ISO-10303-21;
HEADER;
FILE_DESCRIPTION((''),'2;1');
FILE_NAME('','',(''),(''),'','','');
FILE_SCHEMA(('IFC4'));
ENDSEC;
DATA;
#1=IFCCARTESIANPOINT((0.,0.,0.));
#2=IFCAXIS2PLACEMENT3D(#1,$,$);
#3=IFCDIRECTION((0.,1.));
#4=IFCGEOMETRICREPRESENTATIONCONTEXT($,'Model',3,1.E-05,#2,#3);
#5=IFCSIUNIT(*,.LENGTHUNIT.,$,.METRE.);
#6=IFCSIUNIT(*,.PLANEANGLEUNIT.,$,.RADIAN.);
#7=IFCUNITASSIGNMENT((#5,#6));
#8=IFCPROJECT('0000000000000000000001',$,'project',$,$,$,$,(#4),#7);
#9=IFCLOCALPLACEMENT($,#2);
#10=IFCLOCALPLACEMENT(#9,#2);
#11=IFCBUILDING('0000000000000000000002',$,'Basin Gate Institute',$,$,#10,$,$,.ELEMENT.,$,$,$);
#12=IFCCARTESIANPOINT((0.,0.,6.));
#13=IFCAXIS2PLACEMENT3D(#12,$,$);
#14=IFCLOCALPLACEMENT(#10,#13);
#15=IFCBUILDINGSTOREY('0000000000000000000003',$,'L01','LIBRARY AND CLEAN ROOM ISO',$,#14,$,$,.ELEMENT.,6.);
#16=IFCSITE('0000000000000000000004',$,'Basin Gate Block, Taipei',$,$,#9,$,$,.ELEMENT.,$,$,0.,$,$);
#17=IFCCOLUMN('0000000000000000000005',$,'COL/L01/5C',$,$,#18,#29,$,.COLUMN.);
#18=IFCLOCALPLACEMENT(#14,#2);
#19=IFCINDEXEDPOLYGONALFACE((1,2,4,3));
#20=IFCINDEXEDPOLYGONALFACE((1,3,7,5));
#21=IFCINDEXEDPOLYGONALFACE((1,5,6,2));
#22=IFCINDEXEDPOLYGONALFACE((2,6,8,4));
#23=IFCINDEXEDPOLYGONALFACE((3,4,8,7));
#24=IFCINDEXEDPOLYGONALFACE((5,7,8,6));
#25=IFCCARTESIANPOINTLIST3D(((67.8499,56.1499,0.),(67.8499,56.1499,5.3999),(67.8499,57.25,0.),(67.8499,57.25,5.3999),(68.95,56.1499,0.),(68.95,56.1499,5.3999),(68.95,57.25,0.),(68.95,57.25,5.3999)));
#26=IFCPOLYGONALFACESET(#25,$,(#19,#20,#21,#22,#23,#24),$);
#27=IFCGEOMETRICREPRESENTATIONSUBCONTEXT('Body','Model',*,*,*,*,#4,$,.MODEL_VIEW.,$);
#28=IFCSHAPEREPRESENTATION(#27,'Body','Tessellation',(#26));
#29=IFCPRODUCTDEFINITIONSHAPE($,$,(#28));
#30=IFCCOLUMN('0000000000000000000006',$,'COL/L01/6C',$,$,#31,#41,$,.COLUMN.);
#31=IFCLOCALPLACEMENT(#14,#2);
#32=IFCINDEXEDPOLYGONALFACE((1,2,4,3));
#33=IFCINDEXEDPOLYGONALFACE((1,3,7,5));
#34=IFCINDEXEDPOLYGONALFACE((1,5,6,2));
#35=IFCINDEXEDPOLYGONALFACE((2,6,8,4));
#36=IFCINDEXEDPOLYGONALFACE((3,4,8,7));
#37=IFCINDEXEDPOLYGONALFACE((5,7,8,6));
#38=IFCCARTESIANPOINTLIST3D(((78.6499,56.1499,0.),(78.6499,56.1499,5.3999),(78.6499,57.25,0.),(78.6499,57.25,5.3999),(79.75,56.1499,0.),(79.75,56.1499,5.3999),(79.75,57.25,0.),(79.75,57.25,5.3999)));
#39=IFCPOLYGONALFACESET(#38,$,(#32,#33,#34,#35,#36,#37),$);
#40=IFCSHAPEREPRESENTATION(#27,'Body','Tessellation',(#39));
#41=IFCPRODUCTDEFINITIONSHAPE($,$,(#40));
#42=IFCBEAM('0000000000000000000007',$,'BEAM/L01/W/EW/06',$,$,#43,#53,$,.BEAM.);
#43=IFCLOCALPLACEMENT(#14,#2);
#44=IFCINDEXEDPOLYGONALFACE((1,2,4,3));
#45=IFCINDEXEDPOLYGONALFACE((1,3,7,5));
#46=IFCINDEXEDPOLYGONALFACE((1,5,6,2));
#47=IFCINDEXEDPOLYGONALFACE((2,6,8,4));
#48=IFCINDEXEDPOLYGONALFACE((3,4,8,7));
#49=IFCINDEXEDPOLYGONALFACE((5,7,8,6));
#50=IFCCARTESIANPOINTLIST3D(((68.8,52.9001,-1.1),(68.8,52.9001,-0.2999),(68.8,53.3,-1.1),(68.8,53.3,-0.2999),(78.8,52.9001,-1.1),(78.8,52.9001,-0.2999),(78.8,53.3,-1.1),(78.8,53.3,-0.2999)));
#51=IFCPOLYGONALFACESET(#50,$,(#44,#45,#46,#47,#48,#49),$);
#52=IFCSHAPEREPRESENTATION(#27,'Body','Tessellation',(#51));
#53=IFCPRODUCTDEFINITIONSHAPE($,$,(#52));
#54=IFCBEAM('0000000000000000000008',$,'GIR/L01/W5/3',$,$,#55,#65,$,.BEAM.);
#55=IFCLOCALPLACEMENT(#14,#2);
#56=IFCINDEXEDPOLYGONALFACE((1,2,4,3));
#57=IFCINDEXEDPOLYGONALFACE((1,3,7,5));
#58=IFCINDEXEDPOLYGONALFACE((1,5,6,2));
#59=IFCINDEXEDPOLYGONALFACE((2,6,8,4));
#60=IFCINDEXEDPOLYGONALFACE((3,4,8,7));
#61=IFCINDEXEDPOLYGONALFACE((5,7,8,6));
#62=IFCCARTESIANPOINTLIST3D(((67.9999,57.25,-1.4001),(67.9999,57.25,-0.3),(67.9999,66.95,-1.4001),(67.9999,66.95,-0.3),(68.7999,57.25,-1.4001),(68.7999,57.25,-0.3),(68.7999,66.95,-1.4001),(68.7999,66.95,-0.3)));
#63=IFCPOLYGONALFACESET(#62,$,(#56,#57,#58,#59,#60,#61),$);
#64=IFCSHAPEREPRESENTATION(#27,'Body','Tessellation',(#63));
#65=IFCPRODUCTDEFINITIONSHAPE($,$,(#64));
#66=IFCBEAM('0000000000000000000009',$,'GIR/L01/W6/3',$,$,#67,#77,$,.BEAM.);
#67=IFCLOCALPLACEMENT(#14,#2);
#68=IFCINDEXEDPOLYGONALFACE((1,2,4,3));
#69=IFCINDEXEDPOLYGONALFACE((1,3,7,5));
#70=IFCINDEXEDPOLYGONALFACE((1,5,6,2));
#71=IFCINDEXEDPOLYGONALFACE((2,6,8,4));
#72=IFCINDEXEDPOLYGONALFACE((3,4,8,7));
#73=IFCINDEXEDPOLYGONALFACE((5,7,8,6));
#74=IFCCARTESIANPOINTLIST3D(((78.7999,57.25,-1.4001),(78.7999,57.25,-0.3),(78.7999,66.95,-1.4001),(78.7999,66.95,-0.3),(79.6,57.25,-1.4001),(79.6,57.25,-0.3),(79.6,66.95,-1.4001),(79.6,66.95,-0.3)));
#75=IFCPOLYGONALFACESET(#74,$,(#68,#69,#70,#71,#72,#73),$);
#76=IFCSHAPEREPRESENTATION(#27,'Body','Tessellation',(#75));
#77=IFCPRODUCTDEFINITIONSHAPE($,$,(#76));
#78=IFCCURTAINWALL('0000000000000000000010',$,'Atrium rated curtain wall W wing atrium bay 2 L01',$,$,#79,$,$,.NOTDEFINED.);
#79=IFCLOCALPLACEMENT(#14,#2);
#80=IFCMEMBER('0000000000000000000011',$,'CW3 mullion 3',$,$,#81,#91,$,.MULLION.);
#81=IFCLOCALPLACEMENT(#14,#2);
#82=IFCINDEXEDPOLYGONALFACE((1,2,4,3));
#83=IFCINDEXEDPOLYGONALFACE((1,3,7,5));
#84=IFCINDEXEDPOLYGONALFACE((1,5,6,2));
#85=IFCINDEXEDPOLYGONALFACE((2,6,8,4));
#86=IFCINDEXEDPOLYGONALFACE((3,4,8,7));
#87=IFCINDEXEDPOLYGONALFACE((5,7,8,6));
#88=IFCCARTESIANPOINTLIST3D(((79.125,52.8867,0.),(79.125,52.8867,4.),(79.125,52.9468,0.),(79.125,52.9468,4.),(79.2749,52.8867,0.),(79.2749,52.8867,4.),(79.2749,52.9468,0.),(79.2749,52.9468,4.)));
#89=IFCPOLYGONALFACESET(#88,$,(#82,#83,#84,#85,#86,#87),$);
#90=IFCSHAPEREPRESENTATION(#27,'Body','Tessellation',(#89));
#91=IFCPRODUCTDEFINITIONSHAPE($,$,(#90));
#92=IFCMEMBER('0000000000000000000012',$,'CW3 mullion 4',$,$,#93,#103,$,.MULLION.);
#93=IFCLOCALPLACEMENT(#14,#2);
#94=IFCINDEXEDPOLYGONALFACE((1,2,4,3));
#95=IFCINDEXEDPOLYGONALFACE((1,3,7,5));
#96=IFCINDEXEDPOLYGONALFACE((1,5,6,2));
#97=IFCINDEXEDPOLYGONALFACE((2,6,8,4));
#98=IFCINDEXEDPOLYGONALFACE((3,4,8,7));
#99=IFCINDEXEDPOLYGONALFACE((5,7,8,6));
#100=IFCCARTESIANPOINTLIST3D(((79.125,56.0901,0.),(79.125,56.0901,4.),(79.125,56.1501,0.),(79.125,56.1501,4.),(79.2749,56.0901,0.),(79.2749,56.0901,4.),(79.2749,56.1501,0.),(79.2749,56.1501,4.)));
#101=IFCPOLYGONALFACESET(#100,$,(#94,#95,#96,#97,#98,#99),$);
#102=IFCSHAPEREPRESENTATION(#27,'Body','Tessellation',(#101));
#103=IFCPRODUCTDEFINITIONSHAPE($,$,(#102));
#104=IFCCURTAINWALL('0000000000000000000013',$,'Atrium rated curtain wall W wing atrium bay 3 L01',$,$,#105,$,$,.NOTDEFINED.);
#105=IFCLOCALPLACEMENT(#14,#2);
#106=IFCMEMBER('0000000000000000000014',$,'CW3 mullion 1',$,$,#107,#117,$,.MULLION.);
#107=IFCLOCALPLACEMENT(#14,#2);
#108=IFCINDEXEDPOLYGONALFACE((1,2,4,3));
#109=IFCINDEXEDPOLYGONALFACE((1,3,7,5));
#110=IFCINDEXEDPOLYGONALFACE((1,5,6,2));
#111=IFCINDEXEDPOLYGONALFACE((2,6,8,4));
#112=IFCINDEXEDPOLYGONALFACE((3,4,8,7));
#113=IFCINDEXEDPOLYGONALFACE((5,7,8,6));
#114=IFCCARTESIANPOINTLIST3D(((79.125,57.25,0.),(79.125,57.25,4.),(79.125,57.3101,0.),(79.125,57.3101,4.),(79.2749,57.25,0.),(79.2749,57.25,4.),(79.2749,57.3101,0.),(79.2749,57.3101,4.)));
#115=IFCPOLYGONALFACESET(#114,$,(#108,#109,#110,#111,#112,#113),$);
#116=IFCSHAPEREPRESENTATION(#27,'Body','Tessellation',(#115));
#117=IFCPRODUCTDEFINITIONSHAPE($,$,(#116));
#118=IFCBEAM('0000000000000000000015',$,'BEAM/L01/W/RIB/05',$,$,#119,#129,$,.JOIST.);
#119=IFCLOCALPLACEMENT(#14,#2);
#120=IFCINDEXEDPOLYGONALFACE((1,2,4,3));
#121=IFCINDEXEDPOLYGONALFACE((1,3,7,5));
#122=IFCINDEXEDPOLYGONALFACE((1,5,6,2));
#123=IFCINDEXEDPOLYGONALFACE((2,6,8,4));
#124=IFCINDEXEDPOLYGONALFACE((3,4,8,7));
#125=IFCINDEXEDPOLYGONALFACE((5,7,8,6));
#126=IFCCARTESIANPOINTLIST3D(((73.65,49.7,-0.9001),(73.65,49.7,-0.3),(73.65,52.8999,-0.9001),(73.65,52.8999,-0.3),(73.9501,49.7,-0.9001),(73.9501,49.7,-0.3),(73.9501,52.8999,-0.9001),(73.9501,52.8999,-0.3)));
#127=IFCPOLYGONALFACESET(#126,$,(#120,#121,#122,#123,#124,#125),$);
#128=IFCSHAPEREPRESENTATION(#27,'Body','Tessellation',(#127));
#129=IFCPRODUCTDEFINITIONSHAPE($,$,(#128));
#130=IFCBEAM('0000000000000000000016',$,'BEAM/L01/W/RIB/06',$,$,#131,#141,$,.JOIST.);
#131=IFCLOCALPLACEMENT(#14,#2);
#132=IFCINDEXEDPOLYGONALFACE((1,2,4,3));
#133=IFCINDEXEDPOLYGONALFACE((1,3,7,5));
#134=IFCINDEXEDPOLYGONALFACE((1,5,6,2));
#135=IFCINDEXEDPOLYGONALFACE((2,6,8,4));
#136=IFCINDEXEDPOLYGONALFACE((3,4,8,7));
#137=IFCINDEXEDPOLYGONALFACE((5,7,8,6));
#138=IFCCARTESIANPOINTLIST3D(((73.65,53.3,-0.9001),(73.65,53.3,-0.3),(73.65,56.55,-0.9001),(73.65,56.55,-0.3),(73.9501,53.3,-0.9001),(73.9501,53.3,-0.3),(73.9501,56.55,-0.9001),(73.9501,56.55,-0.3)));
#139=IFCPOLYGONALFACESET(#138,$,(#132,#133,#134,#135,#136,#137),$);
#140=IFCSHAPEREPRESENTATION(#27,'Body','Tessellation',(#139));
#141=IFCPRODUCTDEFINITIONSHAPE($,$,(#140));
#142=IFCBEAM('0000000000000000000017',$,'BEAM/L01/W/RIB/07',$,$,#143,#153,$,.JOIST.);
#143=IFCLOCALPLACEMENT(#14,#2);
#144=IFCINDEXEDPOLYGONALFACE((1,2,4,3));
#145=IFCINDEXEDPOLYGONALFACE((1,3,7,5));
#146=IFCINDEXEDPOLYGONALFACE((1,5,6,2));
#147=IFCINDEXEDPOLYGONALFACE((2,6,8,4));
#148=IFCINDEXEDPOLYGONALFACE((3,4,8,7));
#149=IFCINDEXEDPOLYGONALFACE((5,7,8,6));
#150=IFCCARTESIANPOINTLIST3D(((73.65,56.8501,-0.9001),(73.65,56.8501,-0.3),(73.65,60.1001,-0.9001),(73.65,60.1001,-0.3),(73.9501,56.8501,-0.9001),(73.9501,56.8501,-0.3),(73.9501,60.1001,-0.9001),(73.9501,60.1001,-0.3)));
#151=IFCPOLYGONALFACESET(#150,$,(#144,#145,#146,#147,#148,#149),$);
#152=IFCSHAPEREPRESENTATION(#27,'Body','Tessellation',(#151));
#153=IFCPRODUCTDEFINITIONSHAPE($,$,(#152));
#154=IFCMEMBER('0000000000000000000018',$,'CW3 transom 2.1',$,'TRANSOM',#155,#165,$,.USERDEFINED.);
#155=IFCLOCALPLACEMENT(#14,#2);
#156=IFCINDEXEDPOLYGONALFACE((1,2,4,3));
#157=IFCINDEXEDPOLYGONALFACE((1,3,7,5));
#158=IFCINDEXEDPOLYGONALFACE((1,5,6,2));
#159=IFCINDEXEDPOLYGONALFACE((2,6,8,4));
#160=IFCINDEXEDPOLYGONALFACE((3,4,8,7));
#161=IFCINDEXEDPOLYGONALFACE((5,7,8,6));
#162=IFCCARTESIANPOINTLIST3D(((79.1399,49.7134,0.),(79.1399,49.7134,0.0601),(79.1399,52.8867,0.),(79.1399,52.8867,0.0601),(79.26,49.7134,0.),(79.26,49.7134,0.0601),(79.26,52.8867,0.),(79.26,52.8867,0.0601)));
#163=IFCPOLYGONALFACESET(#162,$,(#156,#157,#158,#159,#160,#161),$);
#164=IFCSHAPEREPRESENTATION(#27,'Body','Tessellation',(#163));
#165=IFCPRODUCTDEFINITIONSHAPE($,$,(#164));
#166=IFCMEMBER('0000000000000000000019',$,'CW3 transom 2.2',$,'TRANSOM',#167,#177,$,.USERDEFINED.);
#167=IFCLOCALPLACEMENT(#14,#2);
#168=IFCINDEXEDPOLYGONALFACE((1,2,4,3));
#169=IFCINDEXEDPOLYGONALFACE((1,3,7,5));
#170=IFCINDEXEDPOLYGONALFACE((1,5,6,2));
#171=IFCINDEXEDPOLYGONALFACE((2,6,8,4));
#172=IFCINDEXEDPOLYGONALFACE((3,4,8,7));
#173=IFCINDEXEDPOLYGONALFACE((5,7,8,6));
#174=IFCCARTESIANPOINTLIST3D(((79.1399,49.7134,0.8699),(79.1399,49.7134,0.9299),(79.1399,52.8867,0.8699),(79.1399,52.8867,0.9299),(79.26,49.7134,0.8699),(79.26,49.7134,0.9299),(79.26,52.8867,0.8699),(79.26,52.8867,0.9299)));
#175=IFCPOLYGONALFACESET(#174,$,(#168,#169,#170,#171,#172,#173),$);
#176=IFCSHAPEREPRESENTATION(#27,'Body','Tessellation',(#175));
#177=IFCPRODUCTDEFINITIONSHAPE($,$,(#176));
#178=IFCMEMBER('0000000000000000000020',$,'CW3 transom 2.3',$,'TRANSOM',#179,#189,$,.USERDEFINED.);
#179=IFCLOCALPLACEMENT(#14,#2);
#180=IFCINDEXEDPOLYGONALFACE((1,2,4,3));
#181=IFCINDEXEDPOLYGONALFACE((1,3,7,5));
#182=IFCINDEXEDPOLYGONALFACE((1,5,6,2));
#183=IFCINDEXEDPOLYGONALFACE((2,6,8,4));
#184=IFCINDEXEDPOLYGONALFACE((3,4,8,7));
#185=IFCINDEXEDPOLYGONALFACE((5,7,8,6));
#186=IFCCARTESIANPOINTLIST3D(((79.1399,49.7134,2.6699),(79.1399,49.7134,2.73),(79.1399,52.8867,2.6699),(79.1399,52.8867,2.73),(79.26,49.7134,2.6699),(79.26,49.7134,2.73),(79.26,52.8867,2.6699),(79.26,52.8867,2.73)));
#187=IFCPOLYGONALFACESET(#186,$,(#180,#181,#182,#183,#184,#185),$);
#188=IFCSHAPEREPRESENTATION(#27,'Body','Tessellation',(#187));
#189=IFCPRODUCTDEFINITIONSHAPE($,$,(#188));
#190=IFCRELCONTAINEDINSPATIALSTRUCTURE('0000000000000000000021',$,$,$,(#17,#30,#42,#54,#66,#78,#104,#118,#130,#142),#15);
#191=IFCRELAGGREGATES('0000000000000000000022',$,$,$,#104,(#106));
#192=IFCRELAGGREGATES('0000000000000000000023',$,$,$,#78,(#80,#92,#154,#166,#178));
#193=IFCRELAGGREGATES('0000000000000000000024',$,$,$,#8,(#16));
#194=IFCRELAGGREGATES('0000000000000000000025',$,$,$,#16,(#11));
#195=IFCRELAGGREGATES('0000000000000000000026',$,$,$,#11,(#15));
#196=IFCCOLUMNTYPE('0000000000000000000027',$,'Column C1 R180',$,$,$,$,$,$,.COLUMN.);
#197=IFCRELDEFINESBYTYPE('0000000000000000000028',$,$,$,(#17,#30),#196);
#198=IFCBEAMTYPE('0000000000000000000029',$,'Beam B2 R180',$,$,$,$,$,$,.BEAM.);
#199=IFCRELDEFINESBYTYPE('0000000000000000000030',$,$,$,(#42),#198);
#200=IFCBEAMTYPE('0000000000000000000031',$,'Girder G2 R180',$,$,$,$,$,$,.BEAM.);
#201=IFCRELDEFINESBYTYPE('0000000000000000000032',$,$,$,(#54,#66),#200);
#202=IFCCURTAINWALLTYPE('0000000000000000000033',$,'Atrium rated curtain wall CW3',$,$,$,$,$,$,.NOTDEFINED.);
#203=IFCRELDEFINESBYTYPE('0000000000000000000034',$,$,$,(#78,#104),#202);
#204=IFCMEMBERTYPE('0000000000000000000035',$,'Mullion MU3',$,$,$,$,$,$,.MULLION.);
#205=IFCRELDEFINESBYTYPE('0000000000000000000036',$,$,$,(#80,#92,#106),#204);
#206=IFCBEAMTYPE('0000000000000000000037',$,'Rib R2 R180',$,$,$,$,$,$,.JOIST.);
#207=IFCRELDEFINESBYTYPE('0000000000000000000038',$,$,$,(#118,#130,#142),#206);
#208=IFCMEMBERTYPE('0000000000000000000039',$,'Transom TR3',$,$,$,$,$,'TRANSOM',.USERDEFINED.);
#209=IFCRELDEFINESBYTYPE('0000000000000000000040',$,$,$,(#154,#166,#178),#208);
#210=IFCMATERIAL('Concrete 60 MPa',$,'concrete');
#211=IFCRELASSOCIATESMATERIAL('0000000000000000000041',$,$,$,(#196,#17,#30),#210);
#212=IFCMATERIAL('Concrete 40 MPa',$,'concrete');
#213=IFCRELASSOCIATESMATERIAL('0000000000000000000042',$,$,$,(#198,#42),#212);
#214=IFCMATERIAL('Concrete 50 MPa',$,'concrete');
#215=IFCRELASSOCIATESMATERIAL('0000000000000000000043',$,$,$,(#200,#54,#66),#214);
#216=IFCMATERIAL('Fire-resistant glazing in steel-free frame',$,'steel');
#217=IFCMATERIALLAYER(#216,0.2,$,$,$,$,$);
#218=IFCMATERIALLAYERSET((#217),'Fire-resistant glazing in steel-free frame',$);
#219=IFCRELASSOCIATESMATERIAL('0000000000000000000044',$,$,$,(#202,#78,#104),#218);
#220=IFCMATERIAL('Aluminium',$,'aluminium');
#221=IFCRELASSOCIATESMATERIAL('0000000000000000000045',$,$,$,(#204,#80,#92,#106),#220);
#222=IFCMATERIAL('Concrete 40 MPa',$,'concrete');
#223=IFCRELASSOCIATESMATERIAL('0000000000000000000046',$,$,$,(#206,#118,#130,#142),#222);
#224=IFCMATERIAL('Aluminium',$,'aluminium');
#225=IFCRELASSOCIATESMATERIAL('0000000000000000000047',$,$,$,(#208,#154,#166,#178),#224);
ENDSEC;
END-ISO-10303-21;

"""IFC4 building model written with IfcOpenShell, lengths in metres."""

from ifc_helpers import new_model, si_unit, direction, frame, origin, origin_2d, place, context, subcontext, project, spatial, rectangle, extrude, material, layer, layer_set, material_profile, profile_set, type_object, element, aggregate, save


model = new_model("IFC4")

# Units and contexts
model_context = context("Model", 3, precision=1e-05, world=origin(), true_north=direction((0.0, 1.0)))
body_context = subcontext(model_context, "Body", "Model", "MODEL_VIEW")
ifc_project = project(units=[si_unit("LENGTHUNIT", "METRE"), si_unit("PLANEANGLEUNIT", "RADIAN")], contexts=[model_context])

# Site, building, storey
site_placement = place(None, origin())
site = spatial("IfcSite", under=ifc_project, at=site_placement, Name="Basin Gate Block, Taipei", CompositionType="ELEMENT", RefElevation=0.0)
building_placement = place(site_placement, origin())
building = spatial("IfcBuilding", under=site, at=building_placement, Name="Basin Gate Institute", CompositionType="ELEMENT")
storey_placement = place(building_placement, frame((0.0, 0.0, 6.0)))
storey = spatial("IfcBuildingStorey", under=building, at=storey_placement, Name="L01", Description="LIBRARY AND CLEAN ROOM ISO", CompositionType="ELEMENT", Elevation=6.0)

# Columns
ifc_material_1 = material(Name="Concrete 60 MPa", Category="concrete")
ifc_material_profile_1 = material_profile(ifc_material_1, rectangle(XDim=1.1001, YDim=1.1001, at=origin_2d()), Name="Column C1 1100 x 1100")
ifc_profile_set_1 = profile_set([ifc_material_profile_1], Name="Concrete 60 MPa")
column_type = type_object("IfcColumnType", Name="Column C1 R180", PredefinedType="COLUMN", material=ifc_profile_set_1)
for number, where, z_axis, x_axis, name in (
    (1, (68.3999, 56.7, 0.0), (0.0, 0.0, 1.0), (1.0, 0.0, 0.0), "COL/L01/5C"),
    (2, (79.2, 56.7, 0.0), (0.0, 0.0, 1.0), (1.0, 0.0, 0.0), "COL/L01/6C"),
):
    element("IfcColumn", number, at=place(storey_placement, frame(where, z_axis=z_axis, x_axis=x_axis)), inside=storey, type_object=column_type, material=ifc_profile_set_1, Name=name, PredefinedType="COLUMN", context=body_context, shape_type="SweptSolid", body=[
        extrude(rectangle(XDim=1.1001, YDim=1.1001, at=origin_2d()), origin(), (0.0, 0.0, 1.0), 5.3999),
    ])

# Beams
ifc_material_2 = material(Name="Concrete 40 MPa", Category="concrete")
ifc_material_profile_2 = material_profile(ifc_material_2, rectangle(XDim=0.3999, YDim=0.8, at=origin_2d()), Name="Beam B2 400 x 800")
ifc_profile_set_2 = profile_set([ifc_material_profile_2], Name="Concrete 40 MPa")
beam_type_1 = type_object("IfcBeamType", Name="Beam B2 R180", PredefinedType="BEAM", material=ifc_profile_set_2)
beam_1_placement = place(storey_placement, frame((68.8, 53.1001, -0.7), z_axis=(1.0, 0.0, 0.0), x_axis=(0.0, 1.0, 0.0)))
element("IfcBeam", 3, at=beam_1_placement, inside=storey, type_object=beam_type_1, material=ifc_profile_set_2, Name="BEAM/L01/W/EW/06", PredefinedType="BEAM", context=body_context, shape_type="SweptSolid", body=[
    extrude(rectangle(XDim=0.3999, YDim=0.8, at=origin_2d()), origin(), (0.0, 0.0, 1.0), 10.0),
])
ifc_material_3 = material(Name="Concrete 50 MPa", Category="concrete")
ifc_material_profile_3 = material_profile(ifc_material_3, rectangle(XDim=0.8, YDim=1.1001, at=origin_2d()), Name="Girder G2 800 x 1100")
ifc_profile_set_3 = profile_set([ifc_material_profile_3], Name="Concrete 50 MPa")
beam_type_2 = type_object("IfcBeamType", Name="Girder G2 R180", PredefinedType="BEAM", material=ifc_profile_set_3)
for number, where, z_axis, x_axis, name in (
    (4, (68.3999, 57.25, -0.8501), (0.0, 1.0, 0.0), (-1.0, 0.0, 0.0), "GIR/L01/W5/3"),
    (5, (79.2, 57.25, -0.8501), (0.0, 1.0, 0.0), (-1.0, 0.0, 0.0), "GIR/L01/W6/3"),
):
    element("IfcBeam", number, at=place(storey_placement, frame(where, z_axis=z_axis, x_axis=x_axis)), inside=storey, type_object=beam_type_2, material=ifc_profile_set_3, Name=name, PredefinedType="BEAM", context=body_context, shape_type="SweptSolid", body=[
        extrude(rectangle(XDim=0.8, YDim=1.1001, at=origin_2d()), origin(), (0.0, 0.0, 1.0), 9.7),
    ])

# Curtain wall, members
ifc_material_4 = material(Name="Fire-resistant glazing in steel-free frame", Category="steel")
ifc_layer_1 = layer(ifc_material_4, 0.2)
ifc_layer_set_1 = layer_set([ifc_layer_1], Name="Fire-resistant glazing in steel-free frame")
curtain_wall_type = type_object("IfcCurtainWallType", Name="Atrium rated curtain wall CW3", PredefinedType="NOTDEFINED", material=ifc_layer_set_1)
curtain_wall_1_placement = place(storey_placement, origin())
curtain_wall_1 = element("IfcCurtainWall", 6, at=curtain_wall_1_placement, inside=storey, type_object=curtain_wall_type, material=ifc_layer_set_1, Name="Atrium rated curtain wall W wing atrium bay 2 L01", PredefinedType="NOTDEFINED")
ifc_material_5 = material(Name="Aluminium", Category="aluminium")
ifc_material_profile_4 = material_profile(ifc_material_5, rectangle(XDim=0.1499, YDim=0.0601, at=origin_2d()), Name="Mullion MU3 150 x 60")
ifc_profile_set_4 = profile_set([ifc_material_profile_4], Name="Aluminium")
member_type_1 = type_object("IfcMemberType", Name="Mullion MU3", PredefinedType="MULLION", material=ifc_profile_set_4)
member_1_placement = place(storey_placement, frame((79.2, 52.9167, 0.0), z_axis=(0.0, 0.0, 1.0), x_axis=(-1.0, 0.0, 0.0)))
member_1 = element("IfcMember", 7, at=member_1_placement, type_object=member_type_1, material=ifc_profile_set_4, Name="CW3 mullion 3", PredefinedType="MULLION", context=body_context, shape_type="SweptSolid", body=[
    extrude(rectangle(XDim=0.1499, YDim=0.0601, at=origin_2d()), origin(), (0.0, 0.0, 1.0), 4.0),
])
member_2_placement = place(storey_placement, frame((79.2, 56.1201, 0.0), z_axis=(0.0, 0.0, 1.0), x_axis=(-1.0, 0.0, 0.0)))
member_2 = element("IfcMember", 8, at=member_2_placement, type_object=member_type_1, material=ifc_profile_set_4, Name="CW3 mullion 4", PredefinedType="MULLION", context=body_context, shape_type="SweptSolid", body=[
    extrude(rectangle(XDim=0.1499, YDim=0.0601, at=origin_2d()), origin(), (0.0, 0.0, 1.0), 4.0),
])

# Curtain wall, member
curtain_wall_2_placement = place(storey_placement, origin())
curtain_wall_2 = element("IfcCurtainWall", 9, at=curtain_wall_2_placement, inside=storey, type_object=curtain_wall_type, material=ifc_layer_set_1, Name="Atrium rated curtain wall W wing atrium bay 3 L01", PredefinedType="NOTDEFINED")
member_3_placement = place(storey_placement, frame((79.2, 57.28, 0.0), z_axis=(0.0, 0.0, 1.0), x_axis=(-1.0, 0.0, 0.0)))
member_3 = element("IfcMember", 10, at=member_3_placement, type_object=member_type_1, material=ifc_profile_set_4, Name="CW3 mullion 1", PredefinedType="MULLION", context=body_context, shape_type="SweptSolid", body=[
    extrude(rectangle(XDim=0.1499, YDim=0.0601, at=origin_2d()), origin(), (0.0, 0.0, 1.0), 4.0),
])

# Beams
ifc_material_6 = material(Name="Concrete 40 MPa", Category="concrete")
ifc_material_profile_5 = material_profile(ifc_material_6, rectangle(XDim=0.3, YDim=0.6001, at=origin_2d()), Name="Rib R2 300 x 600")
ifc_profile_set_5 = profile_set([ifc_material_profile_5], Name="Concrete 40 MPa")
beam_type_3 = type_object("IfcBeamType", Name="Rib R2 R180", PredefinedType="JOIST", material=ifc_profile_set_5)
beam_2_placement = place(storey_placement, frame((73.8, 49.7, -0.6001), z_axis=(0.0, 1.0, 0.0), x_axis=(-1.0, 0.0, 0.0)))
element("IfcBeam", 11, at=beam_2_placement, inside=storey, type_object=beam_type_3, material=ifc_profile_set_5, Name="BEAM/L01/W/RIB/05", PredefinedType="JOIST", context=body_context, shape_type="SweptSolid", body=[
    extrude(rectangle(XDim=0.3, YDim=0.6001, at=origin_2d()), origin(), (0.0, 0.0, 1.0), 3.2),
])
for number, where, z_axis, x_axis, name in (
    (12, (73.8, 53.3, -0.6001), (0.0, 1.0, 0.0), (-1.0, 0.0, 0.0), "BEAM/L01/W/RIB/06"),
    (13, (73.8, 56.8501, -0.6001), (0.0, 1.0, 0.0), (-1.0, 0.0, 0.0), "BEAM/L01/W/RIB/07"),
):
    element("IfcBeam", number, at=place(storey_placement, frame(where, z_axis=z_axis, x_axis=x_axis)), inside=storey, type_object=beam_type_3, material=ifc_profile_set_5, Name=name, PredefinedType="JOIST", context=body_context, shape_type="SweptSolid", body=[
        extrude(rectangle(XDim=0.3, YDim=0.6001, at=origin_2d()), origin(), (0.0, 0.0, 1.0), 3.25),
    ])

# Members
ifc_material_7 = material(Name="Aluminium", Category="aluminium")
ifc_material_profile_6 = material_profile(ifc_material_7, rectangle(XDim=0.1201, YDim=0.0601, at=origin_2d()), Name="Transom TR3 120 x 60")
ifc_profile_set_6 = profile_set([ifc_material_profile_6], Name="Aluminium")
member_type_2 = type_object("IfcMemberType", Name="Transom TR3", ElementType="TRANSOM", PredefinedType="USERDEFINED", material=ifc_profile_set_6)
member_4_placement = place(storey_placement, frame((79.2, 49.7134, 0.03), z_axis=(0.0, 1.0, 0.0), x_axis=(-1.0, 0.0, 0.0)))
member_4 = element("IfcMember", 14, at=member_4_placement, type_object=member_type_2, material=ifc_profile_set_6, Name="CW3 transom 2.1", ObjectType="TRANSOM", PredefinedType="USERDEFINED", context=body_context, shape_type="SweptSolid", body=[
    extrude(rectangle(XDim=0.1201, YDim=0.0601, at=origin_2d()), origin(), (0.0, 0.0, 1.0), 3.1733),
])
member_5_placement = place(storey_placement, frame((79.2, 49.7134, 0.8999), z_axis=(0.0, 1.0, 0.0), x_axis=(-1.0, 0.0, 0.0)))
member_5 = element("IfcMember", 15, at=member_5_placement, type_object=member_type_2, material=ifc_profile_set_6, Name="CW3 transom 2.2", ObjectType="TRANSOM", PredefinedType="USERDEFINED", context=body_context, shape_type="SweptSolid", body=[
    extrude(rectangle(XDim=0.1201, YDim=0.0601, at=origin_2d()), origin(), (0.0, 0.0, 1.0), 3.1733),
])
member_6_placement = place(storey_placement, frame((79.2, 49.7134, 2.7), z_axis=(0.0, 1.0, 0.0), x_axis=(-1.0, 0.0, 0.0)))
member_6 = element("IfcMember", 16, at=member_6_placement, type_object=member_type_2, material=ifc_profile_set_6, Name="CW3 transom 2.3", ObjectType="TRANSOM", PredefinedType="USERDEFINED", context=body_context, shape_type="SweptSolid", body=[
    extrude(rectangle(XDim=0.1201, YDim=0.0601, at=origin_2d()), origin(), (0.0, 0.0, 1.0), 3.1733),
])
aggregate(curtain_wall_2, [member_3])

aggregate(curtain_wall_1, [member_1, member_2, member_4, member_5, member_6])

save(model, "model.ifc")
